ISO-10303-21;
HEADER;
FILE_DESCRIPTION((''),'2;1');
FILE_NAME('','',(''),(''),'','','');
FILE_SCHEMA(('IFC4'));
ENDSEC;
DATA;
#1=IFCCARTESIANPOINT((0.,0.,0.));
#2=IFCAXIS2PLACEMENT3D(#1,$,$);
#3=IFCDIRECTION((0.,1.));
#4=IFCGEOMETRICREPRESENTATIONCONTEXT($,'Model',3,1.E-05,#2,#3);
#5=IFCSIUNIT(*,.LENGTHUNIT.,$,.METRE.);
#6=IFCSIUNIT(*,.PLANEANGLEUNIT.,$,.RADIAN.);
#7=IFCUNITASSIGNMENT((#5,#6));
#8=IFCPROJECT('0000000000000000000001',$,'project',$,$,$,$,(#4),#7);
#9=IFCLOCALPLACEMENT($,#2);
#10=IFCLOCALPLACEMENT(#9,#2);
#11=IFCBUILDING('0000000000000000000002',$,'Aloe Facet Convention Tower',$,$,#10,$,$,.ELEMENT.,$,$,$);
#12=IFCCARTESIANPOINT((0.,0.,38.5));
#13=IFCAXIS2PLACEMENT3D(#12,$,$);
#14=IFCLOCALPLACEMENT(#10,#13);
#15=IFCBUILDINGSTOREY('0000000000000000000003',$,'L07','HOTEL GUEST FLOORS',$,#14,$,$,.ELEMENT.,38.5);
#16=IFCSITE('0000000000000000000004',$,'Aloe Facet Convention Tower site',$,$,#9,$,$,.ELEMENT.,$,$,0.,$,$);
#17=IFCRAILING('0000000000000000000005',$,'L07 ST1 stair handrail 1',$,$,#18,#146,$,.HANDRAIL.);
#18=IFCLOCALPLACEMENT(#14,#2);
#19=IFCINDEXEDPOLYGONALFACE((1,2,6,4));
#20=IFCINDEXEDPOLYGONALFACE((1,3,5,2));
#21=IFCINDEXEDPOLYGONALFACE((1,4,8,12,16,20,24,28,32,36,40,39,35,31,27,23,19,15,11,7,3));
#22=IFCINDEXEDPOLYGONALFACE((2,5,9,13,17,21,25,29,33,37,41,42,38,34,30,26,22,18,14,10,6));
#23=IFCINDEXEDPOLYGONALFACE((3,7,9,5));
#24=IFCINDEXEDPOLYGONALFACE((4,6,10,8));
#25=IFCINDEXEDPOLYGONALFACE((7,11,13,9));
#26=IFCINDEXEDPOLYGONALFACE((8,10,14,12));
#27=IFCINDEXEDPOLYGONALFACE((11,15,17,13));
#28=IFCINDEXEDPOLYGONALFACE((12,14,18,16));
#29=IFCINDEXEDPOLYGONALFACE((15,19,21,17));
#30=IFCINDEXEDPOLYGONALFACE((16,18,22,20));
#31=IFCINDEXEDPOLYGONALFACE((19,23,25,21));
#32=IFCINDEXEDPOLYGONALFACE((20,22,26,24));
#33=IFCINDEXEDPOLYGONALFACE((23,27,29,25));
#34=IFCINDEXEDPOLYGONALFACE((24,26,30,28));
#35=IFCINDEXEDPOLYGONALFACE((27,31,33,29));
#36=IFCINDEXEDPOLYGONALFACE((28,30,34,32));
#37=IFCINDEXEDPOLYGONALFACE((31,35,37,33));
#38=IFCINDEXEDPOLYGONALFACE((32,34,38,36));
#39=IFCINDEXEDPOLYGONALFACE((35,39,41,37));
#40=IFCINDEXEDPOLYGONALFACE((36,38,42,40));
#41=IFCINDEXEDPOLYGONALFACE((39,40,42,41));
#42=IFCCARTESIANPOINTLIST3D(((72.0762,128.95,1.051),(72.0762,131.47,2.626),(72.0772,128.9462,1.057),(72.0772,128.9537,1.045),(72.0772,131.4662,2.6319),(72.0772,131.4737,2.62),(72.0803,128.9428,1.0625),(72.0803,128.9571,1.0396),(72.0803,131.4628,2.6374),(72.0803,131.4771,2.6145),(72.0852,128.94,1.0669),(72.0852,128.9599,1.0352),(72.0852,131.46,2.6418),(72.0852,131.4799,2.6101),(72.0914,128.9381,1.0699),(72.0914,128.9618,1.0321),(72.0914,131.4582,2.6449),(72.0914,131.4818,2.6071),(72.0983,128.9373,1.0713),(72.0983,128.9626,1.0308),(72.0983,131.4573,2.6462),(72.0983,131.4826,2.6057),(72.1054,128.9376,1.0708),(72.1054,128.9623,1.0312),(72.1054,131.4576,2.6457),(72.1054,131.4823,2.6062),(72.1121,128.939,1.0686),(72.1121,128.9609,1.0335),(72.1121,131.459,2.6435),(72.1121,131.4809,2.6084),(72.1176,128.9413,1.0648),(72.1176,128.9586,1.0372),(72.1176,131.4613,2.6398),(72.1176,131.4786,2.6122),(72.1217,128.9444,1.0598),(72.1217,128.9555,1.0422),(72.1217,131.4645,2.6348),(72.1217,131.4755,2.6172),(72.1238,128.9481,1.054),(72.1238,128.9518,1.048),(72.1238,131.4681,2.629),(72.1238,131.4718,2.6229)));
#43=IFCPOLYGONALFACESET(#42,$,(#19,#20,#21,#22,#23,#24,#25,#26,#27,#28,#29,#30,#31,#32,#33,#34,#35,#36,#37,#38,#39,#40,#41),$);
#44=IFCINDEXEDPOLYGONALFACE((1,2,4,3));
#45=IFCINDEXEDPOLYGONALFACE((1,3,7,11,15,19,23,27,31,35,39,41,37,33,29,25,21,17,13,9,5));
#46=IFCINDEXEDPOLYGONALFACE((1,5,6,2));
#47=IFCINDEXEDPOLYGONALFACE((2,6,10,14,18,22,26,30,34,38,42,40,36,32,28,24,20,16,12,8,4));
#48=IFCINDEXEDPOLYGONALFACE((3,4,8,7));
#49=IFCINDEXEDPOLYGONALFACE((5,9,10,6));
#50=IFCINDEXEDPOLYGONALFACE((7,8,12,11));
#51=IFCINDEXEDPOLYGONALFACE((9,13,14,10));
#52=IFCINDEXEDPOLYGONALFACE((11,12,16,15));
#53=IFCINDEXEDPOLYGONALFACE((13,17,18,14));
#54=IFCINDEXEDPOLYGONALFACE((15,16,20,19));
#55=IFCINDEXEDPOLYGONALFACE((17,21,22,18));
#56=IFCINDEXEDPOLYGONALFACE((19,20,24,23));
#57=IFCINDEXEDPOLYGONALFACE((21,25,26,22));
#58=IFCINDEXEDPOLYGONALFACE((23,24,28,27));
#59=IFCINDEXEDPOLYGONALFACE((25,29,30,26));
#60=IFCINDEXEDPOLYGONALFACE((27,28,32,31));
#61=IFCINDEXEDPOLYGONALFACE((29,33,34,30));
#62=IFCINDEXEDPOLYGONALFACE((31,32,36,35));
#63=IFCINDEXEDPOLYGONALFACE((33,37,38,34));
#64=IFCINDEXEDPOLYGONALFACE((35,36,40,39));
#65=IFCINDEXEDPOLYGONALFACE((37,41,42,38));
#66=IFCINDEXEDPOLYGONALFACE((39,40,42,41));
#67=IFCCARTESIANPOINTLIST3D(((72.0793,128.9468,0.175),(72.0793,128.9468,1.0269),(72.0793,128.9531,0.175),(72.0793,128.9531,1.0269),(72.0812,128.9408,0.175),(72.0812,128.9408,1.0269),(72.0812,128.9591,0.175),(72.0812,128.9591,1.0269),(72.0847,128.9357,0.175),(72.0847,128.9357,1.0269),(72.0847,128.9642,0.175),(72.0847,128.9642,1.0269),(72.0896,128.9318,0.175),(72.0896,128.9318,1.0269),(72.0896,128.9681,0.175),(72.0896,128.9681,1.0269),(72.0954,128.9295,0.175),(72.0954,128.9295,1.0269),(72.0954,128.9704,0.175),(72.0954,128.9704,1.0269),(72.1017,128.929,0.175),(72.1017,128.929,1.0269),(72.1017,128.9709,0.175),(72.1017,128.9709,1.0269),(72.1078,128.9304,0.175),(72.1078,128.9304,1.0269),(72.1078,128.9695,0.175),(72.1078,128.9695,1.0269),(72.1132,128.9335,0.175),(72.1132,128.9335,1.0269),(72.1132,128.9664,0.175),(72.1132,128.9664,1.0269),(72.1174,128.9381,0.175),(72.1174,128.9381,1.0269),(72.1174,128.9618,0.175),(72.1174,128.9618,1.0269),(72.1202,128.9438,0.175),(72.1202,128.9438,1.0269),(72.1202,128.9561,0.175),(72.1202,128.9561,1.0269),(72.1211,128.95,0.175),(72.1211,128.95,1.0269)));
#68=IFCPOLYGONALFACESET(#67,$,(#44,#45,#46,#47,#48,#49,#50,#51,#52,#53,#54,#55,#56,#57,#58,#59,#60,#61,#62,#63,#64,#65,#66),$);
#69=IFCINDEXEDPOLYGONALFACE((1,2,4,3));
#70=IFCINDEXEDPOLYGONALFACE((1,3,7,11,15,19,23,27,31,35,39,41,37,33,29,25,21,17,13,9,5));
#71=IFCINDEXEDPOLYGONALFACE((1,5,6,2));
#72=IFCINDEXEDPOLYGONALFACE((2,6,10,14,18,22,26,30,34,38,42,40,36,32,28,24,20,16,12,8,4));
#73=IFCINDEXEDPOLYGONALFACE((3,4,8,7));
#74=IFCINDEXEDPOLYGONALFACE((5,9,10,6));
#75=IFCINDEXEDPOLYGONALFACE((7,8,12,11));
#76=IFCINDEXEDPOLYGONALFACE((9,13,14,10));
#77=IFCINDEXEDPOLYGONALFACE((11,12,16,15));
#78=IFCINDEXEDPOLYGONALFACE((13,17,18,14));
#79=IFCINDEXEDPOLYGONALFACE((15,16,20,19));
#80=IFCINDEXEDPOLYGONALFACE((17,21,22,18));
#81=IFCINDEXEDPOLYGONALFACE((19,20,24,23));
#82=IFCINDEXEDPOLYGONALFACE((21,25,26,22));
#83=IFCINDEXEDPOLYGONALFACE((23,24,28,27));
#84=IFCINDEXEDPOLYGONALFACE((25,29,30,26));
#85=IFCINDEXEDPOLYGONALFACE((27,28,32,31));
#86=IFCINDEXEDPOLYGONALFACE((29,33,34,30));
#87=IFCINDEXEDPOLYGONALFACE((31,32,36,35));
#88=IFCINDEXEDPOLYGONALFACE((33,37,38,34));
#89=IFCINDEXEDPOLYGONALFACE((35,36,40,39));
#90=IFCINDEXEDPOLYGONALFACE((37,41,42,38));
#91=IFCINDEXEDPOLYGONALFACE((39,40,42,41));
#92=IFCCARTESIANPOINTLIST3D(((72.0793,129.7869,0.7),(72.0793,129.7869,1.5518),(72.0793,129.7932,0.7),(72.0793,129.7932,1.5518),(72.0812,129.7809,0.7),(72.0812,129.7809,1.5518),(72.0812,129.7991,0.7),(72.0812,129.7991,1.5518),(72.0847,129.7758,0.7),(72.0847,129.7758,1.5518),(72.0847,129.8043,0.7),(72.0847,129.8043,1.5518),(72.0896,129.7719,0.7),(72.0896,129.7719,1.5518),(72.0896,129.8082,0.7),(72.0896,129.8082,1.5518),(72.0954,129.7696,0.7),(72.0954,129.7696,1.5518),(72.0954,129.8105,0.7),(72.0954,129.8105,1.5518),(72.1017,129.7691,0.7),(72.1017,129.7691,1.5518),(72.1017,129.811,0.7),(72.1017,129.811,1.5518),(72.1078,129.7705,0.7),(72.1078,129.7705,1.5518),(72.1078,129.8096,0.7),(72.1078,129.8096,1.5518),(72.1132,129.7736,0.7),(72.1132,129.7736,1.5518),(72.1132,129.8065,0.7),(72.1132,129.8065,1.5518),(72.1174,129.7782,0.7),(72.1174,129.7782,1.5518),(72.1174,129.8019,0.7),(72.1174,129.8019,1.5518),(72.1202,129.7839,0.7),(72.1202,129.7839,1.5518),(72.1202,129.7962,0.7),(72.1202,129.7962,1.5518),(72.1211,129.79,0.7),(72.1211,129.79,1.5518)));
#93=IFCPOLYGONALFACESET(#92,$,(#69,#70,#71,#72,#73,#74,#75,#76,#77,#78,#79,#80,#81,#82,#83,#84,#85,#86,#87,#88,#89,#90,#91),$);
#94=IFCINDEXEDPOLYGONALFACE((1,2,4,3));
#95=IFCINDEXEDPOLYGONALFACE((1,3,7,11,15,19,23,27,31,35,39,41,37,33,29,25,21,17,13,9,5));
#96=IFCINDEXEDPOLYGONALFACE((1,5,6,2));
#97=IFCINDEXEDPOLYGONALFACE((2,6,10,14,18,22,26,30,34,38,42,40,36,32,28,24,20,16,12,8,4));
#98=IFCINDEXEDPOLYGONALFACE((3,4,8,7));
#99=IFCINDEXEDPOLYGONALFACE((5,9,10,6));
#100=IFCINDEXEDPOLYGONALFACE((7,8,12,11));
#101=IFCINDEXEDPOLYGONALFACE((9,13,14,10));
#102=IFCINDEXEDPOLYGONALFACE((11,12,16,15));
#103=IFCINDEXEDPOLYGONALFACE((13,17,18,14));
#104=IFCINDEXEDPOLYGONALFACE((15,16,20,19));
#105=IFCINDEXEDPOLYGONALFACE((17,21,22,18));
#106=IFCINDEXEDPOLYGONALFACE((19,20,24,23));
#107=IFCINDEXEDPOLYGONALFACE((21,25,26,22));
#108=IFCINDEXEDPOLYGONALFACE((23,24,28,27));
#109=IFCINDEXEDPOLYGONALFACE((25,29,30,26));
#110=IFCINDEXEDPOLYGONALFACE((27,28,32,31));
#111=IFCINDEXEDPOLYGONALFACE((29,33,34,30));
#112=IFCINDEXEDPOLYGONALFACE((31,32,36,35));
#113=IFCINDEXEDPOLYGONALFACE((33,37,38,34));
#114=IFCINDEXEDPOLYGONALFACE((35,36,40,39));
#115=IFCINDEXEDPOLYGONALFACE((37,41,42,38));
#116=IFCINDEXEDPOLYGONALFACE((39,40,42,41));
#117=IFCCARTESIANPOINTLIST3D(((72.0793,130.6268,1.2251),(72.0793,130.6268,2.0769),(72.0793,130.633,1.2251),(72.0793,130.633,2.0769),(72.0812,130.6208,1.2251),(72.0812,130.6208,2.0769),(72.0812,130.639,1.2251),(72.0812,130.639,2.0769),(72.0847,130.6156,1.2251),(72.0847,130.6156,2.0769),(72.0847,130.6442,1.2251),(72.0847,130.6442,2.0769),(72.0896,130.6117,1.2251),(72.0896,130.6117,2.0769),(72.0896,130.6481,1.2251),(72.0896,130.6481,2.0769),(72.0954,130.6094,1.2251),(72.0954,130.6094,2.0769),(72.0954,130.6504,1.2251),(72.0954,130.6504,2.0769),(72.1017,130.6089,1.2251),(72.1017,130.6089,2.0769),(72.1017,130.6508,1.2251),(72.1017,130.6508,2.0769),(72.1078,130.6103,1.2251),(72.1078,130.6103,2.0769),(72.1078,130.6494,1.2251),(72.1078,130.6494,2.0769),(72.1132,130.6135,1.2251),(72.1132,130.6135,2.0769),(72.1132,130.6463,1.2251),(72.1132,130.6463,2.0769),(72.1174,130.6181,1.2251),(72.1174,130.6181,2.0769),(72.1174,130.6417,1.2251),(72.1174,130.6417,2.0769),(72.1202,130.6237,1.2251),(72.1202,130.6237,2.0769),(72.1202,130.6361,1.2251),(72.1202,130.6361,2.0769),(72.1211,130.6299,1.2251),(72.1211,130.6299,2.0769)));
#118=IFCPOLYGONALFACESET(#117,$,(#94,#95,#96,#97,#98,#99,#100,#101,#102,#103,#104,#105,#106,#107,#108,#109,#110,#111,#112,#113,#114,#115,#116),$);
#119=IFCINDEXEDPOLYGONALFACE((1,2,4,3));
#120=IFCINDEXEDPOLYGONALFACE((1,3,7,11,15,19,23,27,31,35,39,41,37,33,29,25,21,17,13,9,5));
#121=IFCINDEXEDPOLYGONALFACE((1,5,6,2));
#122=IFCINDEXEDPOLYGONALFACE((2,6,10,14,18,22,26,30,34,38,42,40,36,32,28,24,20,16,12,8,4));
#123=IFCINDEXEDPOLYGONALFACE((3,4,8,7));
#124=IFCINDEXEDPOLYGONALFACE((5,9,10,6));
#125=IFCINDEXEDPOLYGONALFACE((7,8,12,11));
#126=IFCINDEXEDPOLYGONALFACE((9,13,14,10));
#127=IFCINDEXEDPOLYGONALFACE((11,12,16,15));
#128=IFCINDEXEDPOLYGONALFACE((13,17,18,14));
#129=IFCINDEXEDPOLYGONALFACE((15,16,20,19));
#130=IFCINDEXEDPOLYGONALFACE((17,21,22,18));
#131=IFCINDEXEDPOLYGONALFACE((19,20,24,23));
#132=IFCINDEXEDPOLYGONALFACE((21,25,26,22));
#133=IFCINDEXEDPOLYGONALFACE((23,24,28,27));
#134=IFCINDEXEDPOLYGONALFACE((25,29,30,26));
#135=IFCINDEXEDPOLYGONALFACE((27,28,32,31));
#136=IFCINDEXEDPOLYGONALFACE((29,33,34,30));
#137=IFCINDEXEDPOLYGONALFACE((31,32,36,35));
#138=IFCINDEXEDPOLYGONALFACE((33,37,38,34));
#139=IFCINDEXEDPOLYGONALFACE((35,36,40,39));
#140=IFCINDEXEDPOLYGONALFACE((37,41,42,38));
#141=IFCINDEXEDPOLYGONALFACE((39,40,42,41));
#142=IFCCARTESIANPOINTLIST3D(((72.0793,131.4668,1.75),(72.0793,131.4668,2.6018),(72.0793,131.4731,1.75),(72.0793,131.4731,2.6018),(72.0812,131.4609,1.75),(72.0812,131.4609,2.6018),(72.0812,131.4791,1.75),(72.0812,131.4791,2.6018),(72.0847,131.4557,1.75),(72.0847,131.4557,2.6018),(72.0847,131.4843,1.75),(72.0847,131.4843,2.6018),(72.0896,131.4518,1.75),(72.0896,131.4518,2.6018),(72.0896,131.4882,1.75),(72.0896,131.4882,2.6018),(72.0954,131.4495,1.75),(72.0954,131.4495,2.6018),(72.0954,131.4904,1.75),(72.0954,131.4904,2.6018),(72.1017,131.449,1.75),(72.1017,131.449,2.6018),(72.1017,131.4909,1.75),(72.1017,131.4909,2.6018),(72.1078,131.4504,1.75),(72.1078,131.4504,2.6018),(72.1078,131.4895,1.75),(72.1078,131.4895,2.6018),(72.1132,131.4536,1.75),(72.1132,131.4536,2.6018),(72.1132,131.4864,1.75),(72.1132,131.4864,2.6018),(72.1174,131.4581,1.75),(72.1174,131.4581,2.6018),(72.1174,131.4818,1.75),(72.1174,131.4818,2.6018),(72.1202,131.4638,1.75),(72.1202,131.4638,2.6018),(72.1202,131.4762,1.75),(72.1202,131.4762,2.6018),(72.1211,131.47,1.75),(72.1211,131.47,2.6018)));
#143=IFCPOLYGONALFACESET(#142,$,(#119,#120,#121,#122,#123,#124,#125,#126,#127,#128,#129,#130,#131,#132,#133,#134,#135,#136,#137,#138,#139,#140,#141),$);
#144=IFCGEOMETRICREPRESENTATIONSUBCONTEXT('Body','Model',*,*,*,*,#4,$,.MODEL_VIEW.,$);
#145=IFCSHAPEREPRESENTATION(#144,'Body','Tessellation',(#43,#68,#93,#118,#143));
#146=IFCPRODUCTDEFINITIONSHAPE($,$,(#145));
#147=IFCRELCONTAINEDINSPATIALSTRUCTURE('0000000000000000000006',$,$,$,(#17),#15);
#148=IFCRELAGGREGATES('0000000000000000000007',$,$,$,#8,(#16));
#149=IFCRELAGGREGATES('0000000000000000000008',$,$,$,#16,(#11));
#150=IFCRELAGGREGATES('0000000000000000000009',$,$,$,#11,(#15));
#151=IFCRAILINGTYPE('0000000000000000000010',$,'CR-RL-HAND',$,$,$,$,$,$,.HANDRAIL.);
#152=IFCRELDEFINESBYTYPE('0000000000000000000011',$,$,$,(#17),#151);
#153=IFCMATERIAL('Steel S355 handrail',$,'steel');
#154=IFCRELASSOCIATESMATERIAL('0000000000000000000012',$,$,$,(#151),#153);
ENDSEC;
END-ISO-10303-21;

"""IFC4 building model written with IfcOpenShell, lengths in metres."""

from ifc_helpers import new_model, si_unit, direction, frame, origin, origin_2d, place, context, subcontext, project, spatial, circle, extrude, material, type_object, element, save


model = new_model("IFC4")

# Units and contexts
model_context = context("Model", 3, precision=1e-05, world=origin(), true_north=direction((0.0, 1.0)))
body_context = subcontext(model_context, "Body", "Model", "MODEL_VIEW")
ifc_project = project(units=[si_unit("LENGTHUNIT", "METRE"), si_unit("PLANEANGLEUNIT", "RADIAN")], contexts=[model_context])

# Site, building, storey
site_placement = place(None, origin())
site = spatial("IfcSite", under=ifc_project, at=site_placement, Name="Aloe Facet Convention Tower site", CompositionType="ELEMENT", RefElevation=0.0)
building_placement = place(site_placement, origin())
building = spatial("IfcBuilding", under=site, at=building_placement, Name="Aloe Facet Convention Tower", CompositionType="ELEMENT")
storey_placement = place(building_placement, frame((0.0, 0.0, 38.5)))
storey = spatial("IfcBuildingStorey", under=building, at=storey_placement, Name="L07", Description="HOTEL GUEST FLOORS", CompositionType="ELEMENT", Elevation=38.5)

# Railing
ifc_material_1 = material(Name="Steel S355 handrail", Category="steel")
railing_type_1 = type_object("IfcRailingType", Name="CR-RL-HAND", PredefinedType="HANDRAIL", material=ifc_material_1)
railing_1_placement = place(storey_placement, frame((72.1001, 128.95, 0.175)))
element("IfcRailing", 1, at=railing_1_placement, inside=storey, type_object=railing_type_1, Name="L07 ST1 stair handrail 1", PredefinedType="HANDRAIL", context=body_context, shape_type="SweptSolid", body=[
    extrude(circle(Radius=0.0239, at=origin_2d()), frame((0.0, 0.0, 0.876), z_axis=(0.0, 0.848008, 0.529984), x_axis=(-1.0, 0.0, 0.0)), (0.0, 0.0, 1.0), 2.9717),
    extrude(circle(Radius=0.021, at=origin_2d()), origin(), (0.0, 0.0, 1.0), 0.8518),
    extrude(circle(Radius=0.021, at=origin_2d()), frame((0.0, 0.8401, 0.5249)), (0.0, 0.0, 1.0), 0.8518),
    extrude(circle(Radius=0.021, at=origin_2d()), frame((0.0, 1.6799, 1.05)), (0.0, 0.0, 1.0), 0.8518),
    extrude(circle(Radius=0.021, at=origin_2d()), frame((0.0, 2.52, 1.575)), (0.0, 0.0, 1.0), 0.8518),
])

save(model, "model.ifc")
